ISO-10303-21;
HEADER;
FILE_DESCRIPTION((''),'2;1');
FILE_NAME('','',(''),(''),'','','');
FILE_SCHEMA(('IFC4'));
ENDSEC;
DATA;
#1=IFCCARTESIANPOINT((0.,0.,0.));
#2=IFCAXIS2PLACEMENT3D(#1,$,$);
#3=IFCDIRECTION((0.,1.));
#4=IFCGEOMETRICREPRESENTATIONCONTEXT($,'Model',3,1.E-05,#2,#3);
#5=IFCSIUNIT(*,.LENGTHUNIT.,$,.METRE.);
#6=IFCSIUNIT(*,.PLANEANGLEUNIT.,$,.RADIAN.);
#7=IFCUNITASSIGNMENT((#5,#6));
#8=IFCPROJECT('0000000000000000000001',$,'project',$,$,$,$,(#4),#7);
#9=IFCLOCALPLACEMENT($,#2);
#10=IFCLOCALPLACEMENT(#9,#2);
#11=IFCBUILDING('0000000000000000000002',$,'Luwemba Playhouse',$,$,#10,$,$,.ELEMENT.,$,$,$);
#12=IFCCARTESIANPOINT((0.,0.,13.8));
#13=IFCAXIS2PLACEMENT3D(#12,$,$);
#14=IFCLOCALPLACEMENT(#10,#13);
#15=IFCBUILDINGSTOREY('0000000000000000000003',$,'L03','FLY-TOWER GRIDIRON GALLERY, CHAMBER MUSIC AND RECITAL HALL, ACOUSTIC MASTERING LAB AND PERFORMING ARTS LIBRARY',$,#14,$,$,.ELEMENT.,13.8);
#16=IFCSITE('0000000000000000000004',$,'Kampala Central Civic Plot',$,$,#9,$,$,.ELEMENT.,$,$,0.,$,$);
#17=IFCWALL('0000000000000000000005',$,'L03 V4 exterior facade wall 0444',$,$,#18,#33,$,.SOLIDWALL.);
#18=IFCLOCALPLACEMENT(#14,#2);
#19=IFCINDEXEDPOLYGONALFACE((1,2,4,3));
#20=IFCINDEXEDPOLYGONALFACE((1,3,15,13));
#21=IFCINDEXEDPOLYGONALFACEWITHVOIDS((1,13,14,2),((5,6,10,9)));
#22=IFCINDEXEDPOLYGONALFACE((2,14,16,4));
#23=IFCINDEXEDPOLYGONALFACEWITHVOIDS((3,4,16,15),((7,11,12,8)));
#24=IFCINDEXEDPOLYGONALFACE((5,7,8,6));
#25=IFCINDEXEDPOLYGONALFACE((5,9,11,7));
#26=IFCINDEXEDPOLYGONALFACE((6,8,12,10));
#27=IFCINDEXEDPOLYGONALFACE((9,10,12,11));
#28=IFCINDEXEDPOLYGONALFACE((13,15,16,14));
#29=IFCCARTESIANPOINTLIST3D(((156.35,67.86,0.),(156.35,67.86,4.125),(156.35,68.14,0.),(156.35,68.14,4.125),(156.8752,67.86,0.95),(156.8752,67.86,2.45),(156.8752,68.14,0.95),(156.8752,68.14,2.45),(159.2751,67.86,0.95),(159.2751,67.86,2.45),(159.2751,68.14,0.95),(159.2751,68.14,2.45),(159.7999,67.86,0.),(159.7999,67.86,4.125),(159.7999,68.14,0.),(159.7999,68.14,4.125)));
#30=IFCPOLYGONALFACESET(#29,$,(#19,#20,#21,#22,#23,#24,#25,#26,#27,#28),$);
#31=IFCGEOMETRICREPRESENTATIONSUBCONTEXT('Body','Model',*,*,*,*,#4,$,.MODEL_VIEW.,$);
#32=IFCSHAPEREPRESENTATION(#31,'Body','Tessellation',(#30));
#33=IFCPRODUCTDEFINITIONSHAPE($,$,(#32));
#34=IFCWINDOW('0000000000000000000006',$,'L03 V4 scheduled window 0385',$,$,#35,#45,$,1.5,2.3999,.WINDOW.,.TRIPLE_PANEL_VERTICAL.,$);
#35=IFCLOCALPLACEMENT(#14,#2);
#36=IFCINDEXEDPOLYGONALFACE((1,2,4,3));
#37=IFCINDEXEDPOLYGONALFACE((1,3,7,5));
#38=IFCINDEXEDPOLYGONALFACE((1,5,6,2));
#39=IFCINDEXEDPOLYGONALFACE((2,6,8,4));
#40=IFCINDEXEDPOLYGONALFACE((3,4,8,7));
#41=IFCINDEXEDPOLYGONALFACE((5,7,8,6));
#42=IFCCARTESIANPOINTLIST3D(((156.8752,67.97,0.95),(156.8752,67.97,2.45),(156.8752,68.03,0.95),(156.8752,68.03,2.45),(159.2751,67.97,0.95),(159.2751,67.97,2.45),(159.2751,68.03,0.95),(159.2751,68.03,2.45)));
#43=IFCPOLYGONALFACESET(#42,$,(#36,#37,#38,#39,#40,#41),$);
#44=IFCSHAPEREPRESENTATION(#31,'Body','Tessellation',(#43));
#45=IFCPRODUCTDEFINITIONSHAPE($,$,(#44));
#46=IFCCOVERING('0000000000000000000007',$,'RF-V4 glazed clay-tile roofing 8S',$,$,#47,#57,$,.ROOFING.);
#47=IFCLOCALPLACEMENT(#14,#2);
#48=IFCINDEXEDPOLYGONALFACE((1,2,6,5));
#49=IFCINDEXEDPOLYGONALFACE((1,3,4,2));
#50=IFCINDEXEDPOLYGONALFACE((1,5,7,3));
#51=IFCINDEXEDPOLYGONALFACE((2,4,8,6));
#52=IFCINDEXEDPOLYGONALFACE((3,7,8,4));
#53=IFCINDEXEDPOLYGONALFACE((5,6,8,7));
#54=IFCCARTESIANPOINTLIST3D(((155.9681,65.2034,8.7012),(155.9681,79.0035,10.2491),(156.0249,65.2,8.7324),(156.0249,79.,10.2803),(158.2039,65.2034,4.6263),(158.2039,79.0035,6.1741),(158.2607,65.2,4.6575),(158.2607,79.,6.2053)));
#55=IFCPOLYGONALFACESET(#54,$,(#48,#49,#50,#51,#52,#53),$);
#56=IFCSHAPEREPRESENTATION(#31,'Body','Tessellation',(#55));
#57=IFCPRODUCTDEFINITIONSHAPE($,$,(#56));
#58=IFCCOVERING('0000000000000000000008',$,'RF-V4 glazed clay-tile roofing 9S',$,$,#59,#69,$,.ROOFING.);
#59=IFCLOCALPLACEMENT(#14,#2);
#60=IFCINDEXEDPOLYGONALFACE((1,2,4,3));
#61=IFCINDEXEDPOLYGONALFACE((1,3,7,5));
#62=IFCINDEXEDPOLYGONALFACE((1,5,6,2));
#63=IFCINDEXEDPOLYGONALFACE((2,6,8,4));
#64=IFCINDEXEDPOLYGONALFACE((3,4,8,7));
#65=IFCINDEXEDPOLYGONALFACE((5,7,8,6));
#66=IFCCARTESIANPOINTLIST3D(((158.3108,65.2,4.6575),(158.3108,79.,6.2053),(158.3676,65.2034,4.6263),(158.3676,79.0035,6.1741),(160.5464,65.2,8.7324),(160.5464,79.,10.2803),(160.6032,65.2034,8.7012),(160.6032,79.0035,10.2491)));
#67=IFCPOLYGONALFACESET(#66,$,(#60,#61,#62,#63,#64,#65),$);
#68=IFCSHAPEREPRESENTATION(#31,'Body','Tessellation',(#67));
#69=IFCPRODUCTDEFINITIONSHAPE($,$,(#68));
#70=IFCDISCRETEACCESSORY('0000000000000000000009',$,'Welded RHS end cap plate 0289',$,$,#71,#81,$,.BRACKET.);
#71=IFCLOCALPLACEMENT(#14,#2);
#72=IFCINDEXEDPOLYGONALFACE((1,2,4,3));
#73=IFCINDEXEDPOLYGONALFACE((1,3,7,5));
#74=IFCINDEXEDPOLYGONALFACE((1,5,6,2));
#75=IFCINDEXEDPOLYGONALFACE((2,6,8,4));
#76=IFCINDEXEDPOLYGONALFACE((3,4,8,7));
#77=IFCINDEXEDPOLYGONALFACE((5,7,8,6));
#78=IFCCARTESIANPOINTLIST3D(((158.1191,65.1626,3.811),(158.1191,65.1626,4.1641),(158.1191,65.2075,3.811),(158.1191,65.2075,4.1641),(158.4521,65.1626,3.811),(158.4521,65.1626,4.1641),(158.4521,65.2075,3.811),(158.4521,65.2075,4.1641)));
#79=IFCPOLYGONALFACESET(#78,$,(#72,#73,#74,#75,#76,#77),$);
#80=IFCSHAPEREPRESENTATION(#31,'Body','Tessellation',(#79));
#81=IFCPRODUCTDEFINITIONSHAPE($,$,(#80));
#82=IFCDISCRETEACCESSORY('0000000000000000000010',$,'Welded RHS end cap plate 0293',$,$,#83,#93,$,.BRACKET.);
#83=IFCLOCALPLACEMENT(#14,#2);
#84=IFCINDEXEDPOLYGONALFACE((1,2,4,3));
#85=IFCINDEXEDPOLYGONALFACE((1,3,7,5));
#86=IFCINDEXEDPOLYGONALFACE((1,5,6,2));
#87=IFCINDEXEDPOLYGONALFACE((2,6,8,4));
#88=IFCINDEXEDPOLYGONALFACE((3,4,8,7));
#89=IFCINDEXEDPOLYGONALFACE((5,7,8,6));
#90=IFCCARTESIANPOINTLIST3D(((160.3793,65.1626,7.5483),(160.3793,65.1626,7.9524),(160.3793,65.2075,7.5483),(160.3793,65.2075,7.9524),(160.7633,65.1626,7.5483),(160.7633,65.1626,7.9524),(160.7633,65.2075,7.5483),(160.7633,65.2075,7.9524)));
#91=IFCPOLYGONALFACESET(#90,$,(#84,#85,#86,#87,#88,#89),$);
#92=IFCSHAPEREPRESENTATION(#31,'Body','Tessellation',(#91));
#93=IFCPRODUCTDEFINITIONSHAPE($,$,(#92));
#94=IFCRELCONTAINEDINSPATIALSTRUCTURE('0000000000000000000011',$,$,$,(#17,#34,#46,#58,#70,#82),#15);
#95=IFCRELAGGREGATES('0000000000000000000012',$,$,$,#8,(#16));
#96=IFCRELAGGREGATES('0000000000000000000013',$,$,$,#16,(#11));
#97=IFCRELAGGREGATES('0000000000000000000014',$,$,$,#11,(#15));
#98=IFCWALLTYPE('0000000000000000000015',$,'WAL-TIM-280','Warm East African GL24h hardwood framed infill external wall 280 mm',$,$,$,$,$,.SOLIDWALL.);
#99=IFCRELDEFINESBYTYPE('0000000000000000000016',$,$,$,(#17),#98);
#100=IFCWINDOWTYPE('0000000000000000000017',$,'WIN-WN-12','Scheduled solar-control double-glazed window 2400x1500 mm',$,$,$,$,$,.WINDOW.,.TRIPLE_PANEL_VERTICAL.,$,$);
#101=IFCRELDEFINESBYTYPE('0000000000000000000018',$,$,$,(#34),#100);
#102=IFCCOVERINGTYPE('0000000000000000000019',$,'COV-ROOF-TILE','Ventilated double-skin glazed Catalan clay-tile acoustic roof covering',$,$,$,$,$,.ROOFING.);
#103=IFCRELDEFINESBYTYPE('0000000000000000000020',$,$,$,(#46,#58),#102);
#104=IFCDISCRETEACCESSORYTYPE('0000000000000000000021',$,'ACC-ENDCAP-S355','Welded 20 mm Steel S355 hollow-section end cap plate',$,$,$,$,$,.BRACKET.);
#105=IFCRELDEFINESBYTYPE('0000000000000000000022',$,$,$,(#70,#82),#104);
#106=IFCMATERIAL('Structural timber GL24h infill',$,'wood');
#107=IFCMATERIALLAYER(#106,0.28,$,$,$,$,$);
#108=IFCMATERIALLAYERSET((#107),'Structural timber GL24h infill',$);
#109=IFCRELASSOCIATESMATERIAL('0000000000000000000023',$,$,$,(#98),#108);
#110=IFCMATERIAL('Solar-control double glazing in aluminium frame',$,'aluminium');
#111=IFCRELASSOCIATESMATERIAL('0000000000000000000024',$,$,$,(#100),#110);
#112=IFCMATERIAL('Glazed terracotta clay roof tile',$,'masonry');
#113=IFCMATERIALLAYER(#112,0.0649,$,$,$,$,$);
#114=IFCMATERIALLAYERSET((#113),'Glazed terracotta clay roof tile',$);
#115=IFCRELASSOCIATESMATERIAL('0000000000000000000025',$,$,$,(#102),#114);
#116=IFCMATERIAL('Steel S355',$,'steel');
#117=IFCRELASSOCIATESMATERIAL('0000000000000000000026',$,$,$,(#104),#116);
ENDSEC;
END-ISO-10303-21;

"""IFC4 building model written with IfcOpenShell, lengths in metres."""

from ifc_helpers import new_model, si_unit, direction, frame, frame_2d, origin, origin_2d, place, context, subcontext, project, spatial, polyline, rectangle, outline, extrude, material, layer, layer_set, type_object, element, fill, save


model = new_model("IFC4")

# Units and contexts
model_context = context("Model", 3, precision=1e-05, world=origin(), true_north=direction((0.0, 1.0)))
body_context = subcontext(model_context, "Body", "Model", "MODEL_VIEW")
ifc_project = project(units=[si_unit("LENGTHUNIT", "METRE"), si_unit("PLANEANGLEUNIT", "RADIAN")], contexts=[model_context])

# Site, building, storey
site_placement = place(None, origin())
site = spatial("IfcSite", under=ifc_project, at=site_placement, Name="Kampala Central Civic Plot", CompositionType="ELEMENT", RefElevation=0.0)
building_placement = place(site_placement, origin())
building = spatial("IfcBuilding", under=site, at=building_placement, Name="Luwemba Playhouse", CompositionType="ELEMENT")
storey_placement = place(building_placement, frame((0.0, 0.0, 13.8)))
storey = spatial("IfcBuildingStorey", under=building, at=storey_placement, Name="L03", Description="FLY-TOWER GRIDIRON GALLERY, CHAMBER MUSIC AND RECITAL HALL, ACOUSTIC MASTERING LAB AND PERFORMING ARTS LIBRARY", CompositionType="ELEMENT", Elevation=13.8)

# Shared definitions
ifc_material_1 = material(Name="Steel S355", Category="steel")

# Wall, opening, window
ifc_material_2 = material(Name="Structural timber GL24h infill", Category="wood")
ifc_layer_1 = layer(ifc_material_2, 0.28)
ifc_layer_set_1 = layer_set([ifc_layer_1], Name="Structural timber GL24h infill")
wall_type = type_object("IfcWallType", Name="WAL-TIM-280", Description="Warm East African GL24h hardwood framed infill external wall 280 mm", PredefinedType="SOLIDWALL", material=ifc_layer_set_1)
wall_placement = place(storey_placement, frame((159.8, 68.0, 0.0), z_axis=(0.0, 0.0, 1.0), x_axis=(-1.0, 0.0, 0.0)))
wall = element("IfcWall", 1, at=wall_placement, inside=storey, type_object=wall_type, Name="L03 V4 exterior facade wall 0444", PredefinedType="SOLIDWALL", context=body_context, shape_type="SweptSolid", body=[
    extrude(rectangle(XDim=3.45, YDim=0.28, at=frame_2d((1.7251, 0.0))), origin(), (0.0, 0.0, 1.0), 4.125),
])
opening_placement = place(wall_placement, frame((0.5249, 0.0, 0.95)))
opening = element("IfcOpeningElement", 2, at=opening_placement, cuts=wall, PredefinedType="OPENING", context=body_context, shape_type="SweptSolid", body=[
    extrude(rectangle(XDim=2.3999, YDim=1.5, at=frame_2d((1.2, 0.75))), frame((0.0, 0.1499, 0.0), z_axis=(0.0, -1.0, 0.0), x_axis=(1.0, 0.0, 0.0)), (0.0, 0.0, 1.0), 0.3),
])
ifc_material_3 = material(Name="Solar-control double glazing in aluminium frame", Category="aluminium")
window_type = type_object("IfcWindowType", Name="WIN-WN-12", Description="Scheduled solar-control double-glazed window 2400x1500 mm", PartitioningType="TRIPLE_PANEL_VERTICAL", PredefinedType="WINDOW", material=ifc_material_3)
window_placement = place(opening_placement, origin())
window = element("IfcWindow", 3, at=window_placement, inside=storey, type_object=window_type, Name="L03 V4 scheduled window 0385", OverallHeight=1.5, OverallWidth=2.3999, PartitioningType="TRIPLE_PANEL_VERTICAL", PredefinedType="WINDOW", context=body_context, shape_type="SweptSolid", body=[
    extrude(rectangle(XDim=2.3999, YDim=1.5, at=frame_2d((1.2, 0.75))), frame((0.0, 0.03, 0.0), z_axis=(0.0, -1.0, 0.0), x_axis=(1.0, 0.0, 0.0)), (0.0, 0.0, 1.0), 0.0601),
])
fill(opening, window)

# Coverings
ifc_material_4 = material(Name="Glazed terracotta clay roof tile", Category="masonry")
ifc_layer_2 = layer(ifc_material_4, 0.0649)
ifc_layer_set_2 = layer_set([ifc_layer_2], Name="Glazed terracotta clay roof tile")
covering_type = type_object("IfcCoveringType", Name="COV-ROOF-TILE", Description="Ventilated double-skin glazed Catalan clay-tile acoustic roof covering", PredefinedType="ROOFING", material=ifc_layer_set_2)
covering_1_placement = place(storey_placement, frame((156.0249, 65.2, 8.7324), z_axis=(0.875431, -0.053875, 0.480331), x_axis=(0.481029, 0.0, -0.876705)))
element("IfcCovering", 4, at=covering_1_placement, inside=storey, type_object=covering_type, Name="RF-V4 glazed clay-tile roofing 8S", PredefinedType="ROOFING", context=body_context, shape_type="SweptSolid", body=[
    extrude(outline(polyline([(0.0, 0.0), (4.648, 0.0), (3.291, 13.8201), (-1.357, 13.8201), (0.0, 0.0)])), origin(), (0.0, 0.0, -1.0), 0.0649),
])
covering_2_placement = place(storey_placement, frame((158.3108, 65.2, 4.6575), z_axis=(-0.875454, -0.053871, 0.48029), x_axis=(0.480989, 0.0, 0.876727)))
element("IfcCovering", 5, at=covering_2_placement, inside=storey, type_object=covering_type, Name="RF-V4 glazed clay-tile roofing 9S", PredefinedType="ROOFING", context=body_context, shape_type="SweptSolid", body=[
    extrude(outline(polyline([(0.0, 0.0), (4.6479, 0.0), (6.005, 13.8201), (1.357, 13.8201), (0.0, 0.0)])), origin(), (0.0, 0.0, -1.0), 0.0649),
])

# Discrete accessories
discrete_accessory_type = type_object("IfcDiscreteAccessoryType", Name="ACC-ENDCAP-S355", Description="Welded 20 mm Steel S355 hollow-section end cap plate", PredefinedType="BRACKET", material=ifc_material_1)
discrete_accessory_1_placement = place(storey_placement, frame((158.2856, 65.1851, 3.811), z_axis=(0.0, 0.0, 1.0), x_axis=(1.0, 0.0, 0.0)))
element("IfcDiscreteAccessory", 6, at=discrete_accessory_1_placement, inside=storey, type_object=discrete_accessory_type, Name="Welded RHS end cap plate 0289", PredefinedType="BRACKET", context=body_context, shape_type="SweptSolid", body=[
    extrude(rectangle(XDim=0.333, YDim=0.0449, at=origin_2d()), origin(), (0.0, 0.0, 1.0), 0.353),
])
discrete_accessory_2_placement = place(storey_placement, frame((160.5713, 65.1851, 7.5483), z_axis=(0.0, 0.0, 1.0), x_axis=(1.0, 0.0, 0.0)))
element("IfcDiscreteAccessory", 7, at=discrete_accessory_2_placement, inside=storey, type_object=discrete_accessory_type, Name="Welded RHS end cap plate 0293", PredefinedType="BRACKET", context=body_context, shape_type="SweptSolid", body=[
    extrude(rectangle(XDim=0.384, YDim=0.0449, at=origin_2d()), origin(), (0.0, 0.0, 1.0), 0.4041),
])

save(model, "model.ifc")
